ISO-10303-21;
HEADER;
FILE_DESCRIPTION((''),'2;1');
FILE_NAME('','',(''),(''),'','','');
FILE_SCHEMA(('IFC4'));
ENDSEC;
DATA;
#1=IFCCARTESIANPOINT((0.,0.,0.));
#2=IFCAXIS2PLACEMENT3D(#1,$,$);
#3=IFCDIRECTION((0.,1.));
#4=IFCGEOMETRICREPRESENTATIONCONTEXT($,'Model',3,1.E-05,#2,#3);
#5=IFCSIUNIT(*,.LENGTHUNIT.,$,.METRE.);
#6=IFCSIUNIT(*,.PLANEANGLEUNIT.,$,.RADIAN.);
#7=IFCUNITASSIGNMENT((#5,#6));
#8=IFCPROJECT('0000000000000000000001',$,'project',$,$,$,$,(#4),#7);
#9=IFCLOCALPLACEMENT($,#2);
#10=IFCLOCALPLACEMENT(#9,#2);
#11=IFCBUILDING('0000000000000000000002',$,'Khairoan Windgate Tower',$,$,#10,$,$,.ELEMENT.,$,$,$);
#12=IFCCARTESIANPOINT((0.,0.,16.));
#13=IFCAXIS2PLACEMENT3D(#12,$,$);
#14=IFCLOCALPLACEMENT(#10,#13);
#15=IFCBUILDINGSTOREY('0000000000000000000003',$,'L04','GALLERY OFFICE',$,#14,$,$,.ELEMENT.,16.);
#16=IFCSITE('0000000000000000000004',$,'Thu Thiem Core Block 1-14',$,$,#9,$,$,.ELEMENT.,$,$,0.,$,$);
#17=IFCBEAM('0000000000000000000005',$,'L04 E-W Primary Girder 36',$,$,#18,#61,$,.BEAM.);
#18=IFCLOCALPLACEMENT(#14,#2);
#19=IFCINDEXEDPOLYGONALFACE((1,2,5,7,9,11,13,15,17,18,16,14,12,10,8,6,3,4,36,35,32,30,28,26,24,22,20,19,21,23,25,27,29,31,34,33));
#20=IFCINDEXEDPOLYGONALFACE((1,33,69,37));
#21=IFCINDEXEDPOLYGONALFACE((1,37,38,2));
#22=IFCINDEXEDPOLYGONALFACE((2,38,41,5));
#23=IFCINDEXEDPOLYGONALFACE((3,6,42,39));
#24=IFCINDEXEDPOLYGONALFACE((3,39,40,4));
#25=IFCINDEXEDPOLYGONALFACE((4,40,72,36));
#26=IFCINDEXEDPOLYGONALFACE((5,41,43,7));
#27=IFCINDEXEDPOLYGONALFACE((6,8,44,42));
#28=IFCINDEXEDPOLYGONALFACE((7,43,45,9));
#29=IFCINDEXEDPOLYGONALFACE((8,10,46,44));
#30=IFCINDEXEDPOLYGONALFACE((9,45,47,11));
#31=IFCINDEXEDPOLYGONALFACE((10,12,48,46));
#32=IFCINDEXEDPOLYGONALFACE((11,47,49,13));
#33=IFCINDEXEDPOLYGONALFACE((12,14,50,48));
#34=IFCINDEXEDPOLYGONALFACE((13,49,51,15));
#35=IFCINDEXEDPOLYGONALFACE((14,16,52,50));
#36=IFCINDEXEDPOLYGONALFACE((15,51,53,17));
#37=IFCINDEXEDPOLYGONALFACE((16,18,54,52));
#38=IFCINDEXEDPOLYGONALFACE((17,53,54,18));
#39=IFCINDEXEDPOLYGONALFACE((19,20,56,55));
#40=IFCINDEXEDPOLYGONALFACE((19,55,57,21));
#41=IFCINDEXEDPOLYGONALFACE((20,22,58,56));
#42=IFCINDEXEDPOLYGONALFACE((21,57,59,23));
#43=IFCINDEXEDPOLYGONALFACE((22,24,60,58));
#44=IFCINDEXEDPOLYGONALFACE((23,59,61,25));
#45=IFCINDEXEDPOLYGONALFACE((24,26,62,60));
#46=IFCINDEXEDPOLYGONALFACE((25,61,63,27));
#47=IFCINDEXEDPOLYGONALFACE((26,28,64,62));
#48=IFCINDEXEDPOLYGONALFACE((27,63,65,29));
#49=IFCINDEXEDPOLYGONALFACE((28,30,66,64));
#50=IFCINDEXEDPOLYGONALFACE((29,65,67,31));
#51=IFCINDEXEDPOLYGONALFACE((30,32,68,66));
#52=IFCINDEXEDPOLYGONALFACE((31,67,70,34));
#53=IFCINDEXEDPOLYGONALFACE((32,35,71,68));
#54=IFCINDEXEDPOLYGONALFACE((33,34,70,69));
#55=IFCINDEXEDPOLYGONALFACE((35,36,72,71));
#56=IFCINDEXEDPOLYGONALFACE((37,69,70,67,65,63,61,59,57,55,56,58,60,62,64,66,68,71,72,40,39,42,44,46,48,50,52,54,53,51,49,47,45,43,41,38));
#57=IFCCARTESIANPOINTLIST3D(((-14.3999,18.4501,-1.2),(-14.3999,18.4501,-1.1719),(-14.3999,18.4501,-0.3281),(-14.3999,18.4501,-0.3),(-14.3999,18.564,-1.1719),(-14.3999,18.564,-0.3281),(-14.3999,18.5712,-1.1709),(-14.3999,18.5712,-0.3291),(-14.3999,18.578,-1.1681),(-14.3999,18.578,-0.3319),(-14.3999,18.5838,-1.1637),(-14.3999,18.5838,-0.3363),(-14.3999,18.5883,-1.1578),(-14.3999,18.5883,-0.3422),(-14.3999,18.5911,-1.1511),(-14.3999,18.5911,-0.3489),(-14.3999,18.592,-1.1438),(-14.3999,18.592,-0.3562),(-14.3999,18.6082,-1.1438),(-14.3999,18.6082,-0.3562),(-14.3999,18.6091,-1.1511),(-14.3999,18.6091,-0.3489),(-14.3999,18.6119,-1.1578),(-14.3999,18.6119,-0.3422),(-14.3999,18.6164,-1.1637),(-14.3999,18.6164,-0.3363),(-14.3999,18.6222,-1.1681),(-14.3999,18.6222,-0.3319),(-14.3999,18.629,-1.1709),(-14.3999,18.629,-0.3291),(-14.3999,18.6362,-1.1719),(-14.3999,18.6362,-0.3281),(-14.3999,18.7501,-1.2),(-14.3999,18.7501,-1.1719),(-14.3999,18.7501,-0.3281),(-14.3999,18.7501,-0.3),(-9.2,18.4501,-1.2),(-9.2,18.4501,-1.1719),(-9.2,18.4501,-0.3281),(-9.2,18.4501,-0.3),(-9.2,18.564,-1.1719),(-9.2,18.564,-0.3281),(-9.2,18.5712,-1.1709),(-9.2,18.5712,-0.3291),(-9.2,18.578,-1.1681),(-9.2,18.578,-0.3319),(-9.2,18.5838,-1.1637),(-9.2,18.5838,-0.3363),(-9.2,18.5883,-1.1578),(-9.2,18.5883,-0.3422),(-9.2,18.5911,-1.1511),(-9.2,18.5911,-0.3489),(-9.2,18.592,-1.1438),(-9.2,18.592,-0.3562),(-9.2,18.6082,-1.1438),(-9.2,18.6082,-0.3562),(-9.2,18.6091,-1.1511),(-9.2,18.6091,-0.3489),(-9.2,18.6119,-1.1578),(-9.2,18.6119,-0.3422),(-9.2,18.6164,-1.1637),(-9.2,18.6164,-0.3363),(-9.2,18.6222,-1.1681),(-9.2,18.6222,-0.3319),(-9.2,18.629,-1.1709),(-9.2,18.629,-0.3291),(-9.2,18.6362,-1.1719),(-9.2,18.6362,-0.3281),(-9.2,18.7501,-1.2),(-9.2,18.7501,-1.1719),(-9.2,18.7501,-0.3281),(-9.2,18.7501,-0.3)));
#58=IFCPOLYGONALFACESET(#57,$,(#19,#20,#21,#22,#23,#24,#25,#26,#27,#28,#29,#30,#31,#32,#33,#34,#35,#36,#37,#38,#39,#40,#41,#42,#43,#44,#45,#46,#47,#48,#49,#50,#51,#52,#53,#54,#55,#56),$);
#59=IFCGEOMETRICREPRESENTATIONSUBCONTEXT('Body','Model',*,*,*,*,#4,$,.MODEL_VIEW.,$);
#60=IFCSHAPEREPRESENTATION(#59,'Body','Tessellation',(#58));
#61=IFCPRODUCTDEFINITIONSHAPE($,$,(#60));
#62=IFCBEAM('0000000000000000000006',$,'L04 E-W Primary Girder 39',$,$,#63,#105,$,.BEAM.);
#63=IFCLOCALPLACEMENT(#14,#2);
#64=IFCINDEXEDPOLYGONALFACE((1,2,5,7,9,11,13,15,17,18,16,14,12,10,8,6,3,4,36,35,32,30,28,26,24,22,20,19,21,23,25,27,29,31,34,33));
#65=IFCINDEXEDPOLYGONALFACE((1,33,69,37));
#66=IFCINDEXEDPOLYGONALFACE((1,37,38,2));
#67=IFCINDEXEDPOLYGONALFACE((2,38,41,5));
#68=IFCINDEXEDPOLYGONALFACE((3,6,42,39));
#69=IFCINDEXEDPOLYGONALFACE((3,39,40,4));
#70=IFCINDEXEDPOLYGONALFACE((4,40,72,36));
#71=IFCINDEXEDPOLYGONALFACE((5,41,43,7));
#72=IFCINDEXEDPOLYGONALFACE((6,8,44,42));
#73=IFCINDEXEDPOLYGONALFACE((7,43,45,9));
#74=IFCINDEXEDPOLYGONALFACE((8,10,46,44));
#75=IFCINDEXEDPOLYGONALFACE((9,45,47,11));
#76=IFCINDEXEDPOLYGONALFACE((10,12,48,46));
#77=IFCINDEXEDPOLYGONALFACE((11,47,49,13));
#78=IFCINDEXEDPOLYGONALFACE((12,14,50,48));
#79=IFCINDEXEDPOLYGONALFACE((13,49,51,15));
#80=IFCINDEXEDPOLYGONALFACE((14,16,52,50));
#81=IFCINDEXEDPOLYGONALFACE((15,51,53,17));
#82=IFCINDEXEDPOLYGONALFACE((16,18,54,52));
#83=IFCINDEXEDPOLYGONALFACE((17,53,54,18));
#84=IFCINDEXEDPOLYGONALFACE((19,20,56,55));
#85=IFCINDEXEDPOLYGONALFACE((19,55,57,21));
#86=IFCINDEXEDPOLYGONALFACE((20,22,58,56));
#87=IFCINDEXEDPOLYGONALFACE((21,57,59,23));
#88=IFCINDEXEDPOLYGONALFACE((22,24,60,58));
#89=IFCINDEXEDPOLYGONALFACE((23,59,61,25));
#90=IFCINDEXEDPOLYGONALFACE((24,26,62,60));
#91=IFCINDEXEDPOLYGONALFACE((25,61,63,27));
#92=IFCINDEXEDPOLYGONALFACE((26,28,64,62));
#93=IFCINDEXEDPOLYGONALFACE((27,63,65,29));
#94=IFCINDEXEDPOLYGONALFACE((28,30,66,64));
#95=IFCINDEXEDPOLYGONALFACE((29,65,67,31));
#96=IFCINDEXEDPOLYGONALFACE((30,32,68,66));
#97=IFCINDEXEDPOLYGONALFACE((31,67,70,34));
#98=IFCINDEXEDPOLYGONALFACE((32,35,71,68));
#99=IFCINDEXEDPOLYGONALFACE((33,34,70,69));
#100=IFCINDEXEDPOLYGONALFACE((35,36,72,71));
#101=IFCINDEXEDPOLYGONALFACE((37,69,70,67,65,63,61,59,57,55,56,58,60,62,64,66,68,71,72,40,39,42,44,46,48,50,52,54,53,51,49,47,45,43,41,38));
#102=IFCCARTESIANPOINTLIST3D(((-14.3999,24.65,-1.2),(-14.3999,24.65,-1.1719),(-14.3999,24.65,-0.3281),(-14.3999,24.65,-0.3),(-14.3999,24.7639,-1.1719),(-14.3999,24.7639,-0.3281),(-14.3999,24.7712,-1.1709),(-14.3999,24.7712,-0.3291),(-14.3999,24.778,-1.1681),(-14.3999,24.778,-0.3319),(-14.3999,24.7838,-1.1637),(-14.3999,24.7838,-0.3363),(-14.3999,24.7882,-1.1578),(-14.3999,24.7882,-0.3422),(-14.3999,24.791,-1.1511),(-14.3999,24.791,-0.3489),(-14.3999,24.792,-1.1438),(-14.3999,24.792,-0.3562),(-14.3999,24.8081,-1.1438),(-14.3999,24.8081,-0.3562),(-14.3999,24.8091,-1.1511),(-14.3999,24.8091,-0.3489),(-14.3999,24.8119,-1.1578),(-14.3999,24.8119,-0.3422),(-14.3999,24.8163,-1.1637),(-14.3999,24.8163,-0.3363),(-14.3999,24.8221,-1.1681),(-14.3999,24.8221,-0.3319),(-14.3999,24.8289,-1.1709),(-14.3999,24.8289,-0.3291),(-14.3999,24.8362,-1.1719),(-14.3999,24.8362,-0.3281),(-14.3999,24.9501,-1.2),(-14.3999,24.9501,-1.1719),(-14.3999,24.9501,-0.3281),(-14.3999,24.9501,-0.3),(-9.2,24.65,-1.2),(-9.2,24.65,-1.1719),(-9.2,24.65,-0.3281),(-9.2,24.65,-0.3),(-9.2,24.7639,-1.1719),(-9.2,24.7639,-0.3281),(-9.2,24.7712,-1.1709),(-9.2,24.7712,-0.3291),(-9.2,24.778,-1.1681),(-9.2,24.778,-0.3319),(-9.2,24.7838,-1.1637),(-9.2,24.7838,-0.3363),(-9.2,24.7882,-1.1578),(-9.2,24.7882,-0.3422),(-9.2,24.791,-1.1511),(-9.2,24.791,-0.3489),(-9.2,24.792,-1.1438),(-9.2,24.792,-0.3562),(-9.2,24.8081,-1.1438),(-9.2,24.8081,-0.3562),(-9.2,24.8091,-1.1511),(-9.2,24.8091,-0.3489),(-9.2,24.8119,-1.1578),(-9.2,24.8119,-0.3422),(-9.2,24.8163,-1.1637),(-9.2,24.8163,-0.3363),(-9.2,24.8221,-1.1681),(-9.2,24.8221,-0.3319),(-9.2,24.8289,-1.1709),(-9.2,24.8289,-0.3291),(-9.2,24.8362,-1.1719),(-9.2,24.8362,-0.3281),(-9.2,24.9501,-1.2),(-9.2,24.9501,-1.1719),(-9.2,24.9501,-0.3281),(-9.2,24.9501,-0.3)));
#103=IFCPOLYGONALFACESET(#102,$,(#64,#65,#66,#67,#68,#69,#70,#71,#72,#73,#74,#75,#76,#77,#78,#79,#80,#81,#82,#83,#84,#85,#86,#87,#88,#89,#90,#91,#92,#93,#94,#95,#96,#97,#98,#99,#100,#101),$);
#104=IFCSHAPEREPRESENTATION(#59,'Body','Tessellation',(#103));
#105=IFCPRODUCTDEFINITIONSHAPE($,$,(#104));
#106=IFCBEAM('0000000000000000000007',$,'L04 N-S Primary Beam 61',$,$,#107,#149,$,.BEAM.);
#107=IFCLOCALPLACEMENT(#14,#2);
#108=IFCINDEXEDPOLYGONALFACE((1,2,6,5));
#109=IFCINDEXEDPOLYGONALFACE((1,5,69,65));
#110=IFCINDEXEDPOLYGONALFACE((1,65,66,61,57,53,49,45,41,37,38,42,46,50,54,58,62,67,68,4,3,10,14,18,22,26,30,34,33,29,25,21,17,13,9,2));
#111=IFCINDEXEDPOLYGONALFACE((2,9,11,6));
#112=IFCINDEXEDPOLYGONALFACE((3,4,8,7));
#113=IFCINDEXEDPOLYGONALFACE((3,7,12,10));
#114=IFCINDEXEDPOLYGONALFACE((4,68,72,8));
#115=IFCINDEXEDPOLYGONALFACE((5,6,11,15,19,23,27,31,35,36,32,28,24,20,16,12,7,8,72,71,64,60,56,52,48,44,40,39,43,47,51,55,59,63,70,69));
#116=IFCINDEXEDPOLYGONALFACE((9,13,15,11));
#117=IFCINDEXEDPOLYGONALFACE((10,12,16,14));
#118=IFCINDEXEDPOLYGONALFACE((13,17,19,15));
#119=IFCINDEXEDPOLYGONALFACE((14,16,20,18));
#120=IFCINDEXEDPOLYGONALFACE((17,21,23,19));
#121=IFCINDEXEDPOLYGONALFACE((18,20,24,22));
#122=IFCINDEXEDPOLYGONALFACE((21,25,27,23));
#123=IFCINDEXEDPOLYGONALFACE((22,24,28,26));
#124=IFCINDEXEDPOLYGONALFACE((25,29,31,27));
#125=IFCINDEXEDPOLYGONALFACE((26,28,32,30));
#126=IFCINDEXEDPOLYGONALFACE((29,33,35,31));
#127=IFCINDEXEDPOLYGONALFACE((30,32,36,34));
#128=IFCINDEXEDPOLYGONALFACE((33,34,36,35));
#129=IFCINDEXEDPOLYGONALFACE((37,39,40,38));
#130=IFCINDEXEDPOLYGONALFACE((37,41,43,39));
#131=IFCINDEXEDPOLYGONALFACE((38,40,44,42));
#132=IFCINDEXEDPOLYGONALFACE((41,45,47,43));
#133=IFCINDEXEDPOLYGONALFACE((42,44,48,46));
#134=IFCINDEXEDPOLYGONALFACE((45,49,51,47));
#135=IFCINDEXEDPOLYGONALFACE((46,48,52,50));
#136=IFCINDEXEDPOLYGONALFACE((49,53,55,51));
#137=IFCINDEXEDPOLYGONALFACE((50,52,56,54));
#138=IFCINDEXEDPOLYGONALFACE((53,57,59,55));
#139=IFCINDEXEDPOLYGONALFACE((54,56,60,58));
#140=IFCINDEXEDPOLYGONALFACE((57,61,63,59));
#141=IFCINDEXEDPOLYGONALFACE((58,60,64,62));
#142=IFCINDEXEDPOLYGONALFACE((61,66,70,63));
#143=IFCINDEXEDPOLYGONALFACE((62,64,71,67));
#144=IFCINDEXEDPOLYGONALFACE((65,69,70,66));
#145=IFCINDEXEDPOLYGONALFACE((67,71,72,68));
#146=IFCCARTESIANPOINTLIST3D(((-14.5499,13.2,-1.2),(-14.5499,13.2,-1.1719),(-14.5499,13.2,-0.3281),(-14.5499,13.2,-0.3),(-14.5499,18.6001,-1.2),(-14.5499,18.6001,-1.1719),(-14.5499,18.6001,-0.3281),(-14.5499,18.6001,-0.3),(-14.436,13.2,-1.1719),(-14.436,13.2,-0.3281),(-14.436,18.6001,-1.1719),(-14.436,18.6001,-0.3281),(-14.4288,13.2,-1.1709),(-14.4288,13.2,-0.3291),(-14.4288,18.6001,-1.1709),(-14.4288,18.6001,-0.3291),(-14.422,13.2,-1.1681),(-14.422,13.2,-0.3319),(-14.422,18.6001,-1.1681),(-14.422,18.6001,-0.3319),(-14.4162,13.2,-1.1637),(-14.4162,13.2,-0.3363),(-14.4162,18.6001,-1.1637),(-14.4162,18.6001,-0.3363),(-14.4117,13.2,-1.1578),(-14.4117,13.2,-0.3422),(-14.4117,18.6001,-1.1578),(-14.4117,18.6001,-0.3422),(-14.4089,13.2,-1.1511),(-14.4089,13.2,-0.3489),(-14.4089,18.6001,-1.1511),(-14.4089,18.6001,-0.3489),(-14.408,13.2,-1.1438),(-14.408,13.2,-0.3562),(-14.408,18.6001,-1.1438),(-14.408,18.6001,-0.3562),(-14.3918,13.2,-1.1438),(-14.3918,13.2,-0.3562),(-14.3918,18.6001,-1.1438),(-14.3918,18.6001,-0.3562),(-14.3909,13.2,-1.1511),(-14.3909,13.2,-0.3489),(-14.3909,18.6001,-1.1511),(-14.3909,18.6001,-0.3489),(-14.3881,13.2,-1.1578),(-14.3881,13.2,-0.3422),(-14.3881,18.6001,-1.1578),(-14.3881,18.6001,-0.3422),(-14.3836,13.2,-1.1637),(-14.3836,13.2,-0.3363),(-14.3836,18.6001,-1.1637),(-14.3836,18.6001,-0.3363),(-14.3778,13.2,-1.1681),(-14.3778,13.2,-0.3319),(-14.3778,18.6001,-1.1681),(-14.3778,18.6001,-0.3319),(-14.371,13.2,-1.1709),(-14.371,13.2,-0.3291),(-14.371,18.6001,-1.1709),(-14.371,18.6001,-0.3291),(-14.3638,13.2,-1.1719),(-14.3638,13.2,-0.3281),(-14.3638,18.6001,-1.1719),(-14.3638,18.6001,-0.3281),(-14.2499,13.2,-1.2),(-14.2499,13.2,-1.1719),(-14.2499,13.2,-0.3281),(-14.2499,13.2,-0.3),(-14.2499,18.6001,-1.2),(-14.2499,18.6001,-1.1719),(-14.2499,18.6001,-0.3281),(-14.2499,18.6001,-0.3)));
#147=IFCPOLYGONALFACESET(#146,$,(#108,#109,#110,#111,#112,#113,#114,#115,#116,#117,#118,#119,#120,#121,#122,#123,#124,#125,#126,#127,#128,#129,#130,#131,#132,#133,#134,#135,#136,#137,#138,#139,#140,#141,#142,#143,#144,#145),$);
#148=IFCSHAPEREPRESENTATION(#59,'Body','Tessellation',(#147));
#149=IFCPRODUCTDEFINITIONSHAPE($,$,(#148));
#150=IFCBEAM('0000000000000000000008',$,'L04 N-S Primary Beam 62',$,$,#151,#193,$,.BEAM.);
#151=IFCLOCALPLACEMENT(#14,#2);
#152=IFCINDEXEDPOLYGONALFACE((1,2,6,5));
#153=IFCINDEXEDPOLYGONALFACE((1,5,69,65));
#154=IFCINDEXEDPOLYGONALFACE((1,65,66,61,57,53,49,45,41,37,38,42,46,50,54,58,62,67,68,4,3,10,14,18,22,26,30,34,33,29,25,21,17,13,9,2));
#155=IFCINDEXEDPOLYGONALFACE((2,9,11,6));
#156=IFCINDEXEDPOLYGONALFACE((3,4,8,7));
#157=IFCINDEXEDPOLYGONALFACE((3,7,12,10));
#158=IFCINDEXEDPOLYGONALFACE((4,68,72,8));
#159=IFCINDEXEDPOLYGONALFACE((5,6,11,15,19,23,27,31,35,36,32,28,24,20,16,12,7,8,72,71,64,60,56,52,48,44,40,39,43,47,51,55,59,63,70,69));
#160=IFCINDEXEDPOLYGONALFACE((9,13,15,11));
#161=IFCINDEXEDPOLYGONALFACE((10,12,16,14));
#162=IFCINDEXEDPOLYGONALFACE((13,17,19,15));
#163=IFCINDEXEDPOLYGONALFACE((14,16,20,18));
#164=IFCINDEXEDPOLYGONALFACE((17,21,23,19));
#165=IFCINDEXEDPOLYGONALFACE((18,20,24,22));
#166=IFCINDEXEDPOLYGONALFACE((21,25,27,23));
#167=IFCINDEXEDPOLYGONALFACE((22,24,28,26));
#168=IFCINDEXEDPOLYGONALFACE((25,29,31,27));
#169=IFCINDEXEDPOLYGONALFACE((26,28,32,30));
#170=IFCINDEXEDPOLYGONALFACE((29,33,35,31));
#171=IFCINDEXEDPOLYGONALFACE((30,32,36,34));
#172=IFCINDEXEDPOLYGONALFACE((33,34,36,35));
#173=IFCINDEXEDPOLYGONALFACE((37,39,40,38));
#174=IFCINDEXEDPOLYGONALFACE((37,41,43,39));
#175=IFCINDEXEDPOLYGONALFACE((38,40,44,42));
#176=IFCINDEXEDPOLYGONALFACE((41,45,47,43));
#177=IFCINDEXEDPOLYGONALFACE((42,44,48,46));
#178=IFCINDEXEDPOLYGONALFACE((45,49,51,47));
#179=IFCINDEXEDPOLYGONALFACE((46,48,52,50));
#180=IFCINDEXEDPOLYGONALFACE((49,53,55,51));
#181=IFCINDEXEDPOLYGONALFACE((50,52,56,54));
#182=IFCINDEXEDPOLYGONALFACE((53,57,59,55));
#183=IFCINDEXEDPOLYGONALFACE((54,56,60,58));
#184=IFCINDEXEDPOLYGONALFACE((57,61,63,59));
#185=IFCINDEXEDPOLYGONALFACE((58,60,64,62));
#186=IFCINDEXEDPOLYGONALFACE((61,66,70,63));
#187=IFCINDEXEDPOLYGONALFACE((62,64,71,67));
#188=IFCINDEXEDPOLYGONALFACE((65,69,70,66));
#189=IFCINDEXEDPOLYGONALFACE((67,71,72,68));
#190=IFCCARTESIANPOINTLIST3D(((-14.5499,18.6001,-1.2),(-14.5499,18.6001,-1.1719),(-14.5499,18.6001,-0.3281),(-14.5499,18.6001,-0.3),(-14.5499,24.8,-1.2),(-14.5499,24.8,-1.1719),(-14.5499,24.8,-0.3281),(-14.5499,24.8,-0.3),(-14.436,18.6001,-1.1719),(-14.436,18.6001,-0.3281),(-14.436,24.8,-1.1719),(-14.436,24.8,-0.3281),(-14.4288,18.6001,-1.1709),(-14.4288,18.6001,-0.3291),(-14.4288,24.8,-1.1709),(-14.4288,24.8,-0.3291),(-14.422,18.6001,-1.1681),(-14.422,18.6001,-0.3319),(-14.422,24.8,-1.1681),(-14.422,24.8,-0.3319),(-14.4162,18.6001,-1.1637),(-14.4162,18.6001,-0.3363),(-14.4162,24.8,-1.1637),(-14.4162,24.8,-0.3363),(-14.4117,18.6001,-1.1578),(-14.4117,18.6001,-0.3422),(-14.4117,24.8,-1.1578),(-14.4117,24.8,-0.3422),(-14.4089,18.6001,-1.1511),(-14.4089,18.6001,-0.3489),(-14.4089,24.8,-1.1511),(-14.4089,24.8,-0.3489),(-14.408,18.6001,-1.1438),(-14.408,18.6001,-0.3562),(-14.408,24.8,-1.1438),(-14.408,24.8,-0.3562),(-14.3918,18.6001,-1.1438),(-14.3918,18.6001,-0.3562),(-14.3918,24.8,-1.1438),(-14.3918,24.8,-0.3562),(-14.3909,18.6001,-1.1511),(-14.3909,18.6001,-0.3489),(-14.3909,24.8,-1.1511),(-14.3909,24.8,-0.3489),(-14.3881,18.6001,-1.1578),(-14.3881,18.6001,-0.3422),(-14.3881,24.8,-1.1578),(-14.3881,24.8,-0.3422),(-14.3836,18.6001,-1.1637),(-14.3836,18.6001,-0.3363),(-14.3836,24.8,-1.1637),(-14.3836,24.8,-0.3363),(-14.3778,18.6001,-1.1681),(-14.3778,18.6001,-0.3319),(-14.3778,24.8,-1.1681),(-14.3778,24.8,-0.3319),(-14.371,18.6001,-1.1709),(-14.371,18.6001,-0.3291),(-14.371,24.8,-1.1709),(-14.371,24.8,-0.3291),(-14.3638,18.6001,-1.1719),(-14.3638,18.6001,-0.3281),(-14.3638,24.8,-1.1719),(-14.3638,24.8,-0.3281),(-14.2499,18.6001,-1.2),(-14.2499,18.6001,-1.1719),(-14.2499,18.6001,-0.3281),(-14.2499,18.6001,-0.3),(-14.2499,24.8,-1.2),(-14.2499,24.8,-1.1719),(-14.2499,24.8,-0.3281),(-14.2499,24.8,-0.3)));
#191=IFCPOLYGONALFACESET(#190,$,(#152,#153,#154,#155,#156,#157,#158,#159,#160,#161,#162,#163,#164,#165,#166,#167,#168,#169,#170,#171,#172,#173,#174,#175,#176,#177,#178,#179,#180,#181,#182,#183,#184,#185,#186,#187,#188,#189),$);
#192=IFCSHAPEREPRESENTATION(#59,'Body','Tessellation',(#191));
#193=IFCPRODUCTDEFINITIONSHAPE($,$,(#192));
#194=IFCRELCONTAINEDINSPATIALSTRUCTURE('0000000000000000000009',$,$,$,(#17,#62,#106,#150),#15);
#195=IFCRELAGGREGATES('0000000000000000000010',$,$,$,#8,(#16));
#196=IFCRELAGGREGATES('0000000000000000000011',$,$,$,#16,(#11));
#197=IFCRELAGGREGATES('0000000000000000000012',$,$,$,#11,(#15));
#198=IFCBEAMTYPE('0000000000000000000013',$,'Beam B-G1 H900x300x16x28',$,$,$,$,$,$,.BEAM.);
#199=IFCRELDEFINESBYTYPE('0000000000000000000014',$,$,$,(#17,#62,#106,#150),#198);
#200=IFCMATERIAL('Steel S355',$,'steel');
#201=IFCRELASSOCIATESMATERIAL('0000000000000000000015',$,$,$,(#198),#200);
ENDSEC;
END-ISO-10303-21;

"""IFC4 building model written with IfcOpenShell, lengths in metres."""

from ifc_helpers import new_model, si_unit, direction, frame, origin, origin_2d, place, context, subcontext, project, spatial, i_section, extrude, material, material_profile, profile_set, type_object, element, save


model = new_model("IFC4")

# Units and contexts
model_context = context("Model", 3, precision=1e-05, world=origin(), true_north=direction((0.0, 1.0)))
body_context = subcontext(model_context, "Body", "Model", "MODEL_VIEW")
ifc_project = project(units=[si_unit("LENGTHUNIT", "METRE"), si_unit("PLANEANGLEUNIT", "RADIAN")], contexts=[model_context])

# Site, building, storey
site_placement = place(None, origin())
site = spatial("IfcSite", under=ifc_project, at=site_placement, Name="Thu Thiem Core Block 1-14", CompositionType="ELEMENT", RefElevation=0.0)
building_placement = place(site_placement, origin())
building = spatial("IfcBuilding", under=site, at=building_placement, Name="Khairoan Windgate Tower", CompositionType="ELEMENT")
storey_placement = place(building_placement, frame((0.0, 0.0, 16.0)))
storey = spatial("IfcBuildingStorey", under=building, at=storey_placement, Name="L04", Description="GALLERY OFFICE", CompositionType="ELEMENT", Elevation=16.0)

# Beams
ifc_material_1 = material(Name="Steel S355", Category="steel")
ifc_material_profile_1 = material_profile(ifc_material_1, i_section(OverallWidth=0.3, OverallDepth=0.8999, WebThickness=0.0161, FlangeThickness=0.0281, FilletRadius=0.0281, at=origin_2d()))
ifc_profile_set_1 = profile_set([ifc_material_profile_1], Name="Steel S355")
beam_type_1 = type_object("IfcBeamType", Name="Beam B-G1 H900x300x16x28", PredefinedType="BEAM", material=ifc_profile_set_1)
for number, where, z_axis, x_axis, name in (
    (1, (-14.3999, 18.6001, -0.75), (1.0, 0.0, 0.0), (0.0, 1.0, 0.0), "L04 E-W Primary Girder 36"),
    (2, (-14.3999, 24.8, -0.75), (1.0, 0.0, 0.0), (0.0, 1.0, 0.0), "L04 E-W Primary Girder 39"),
):
    element("IfcBeam", number, at=place(storey_placement, frame(where, z_axis=z_axis, x_axis=x_axis)), inside=storey, type_object=beam_type_1, Name=name, PredefinedType="BEAM", context=body_context, shape_type="SweptSolid", body=[
        extrude(i_section(OverallWidth=0.3, OverallDepth=0.8999, WebThickness=0.0161, FlangeThickness=0.0281, FilletRadius=0.0281, at=origin_2d()), origin(), (0.0, 0.0, 1.0), 5.2),
    ])
beam_1_placement = place(storey_placement, frame((-14.3999, 13.2, -0.75), z_axis=(0.0, 1.0, 0.0), x_axis=(-1.0, 0.0, 0.0)))
element("IfcBeam", 3, at=beam_1_placement, inside=storey, type_object=beam_type_1, Name="L04 N-S Primary Beam 61", PredefinedType="BEAM", context=body_context, shape_type="SweptSolid", body=[
    extrude(i_section(OverallWidth=0.3, OverallDepth=0.8999, WebThickness=0.0161, FlangeThickness=0.0281, FilletRadius=0.0281, at=origin_2d()), origin(), (0.0, 0.0, 1.0), 5.4001),
])
beam_2_placement = place(storey_placement, frame((-14.3999, 18.6001, -0.75), z_axis=(0.0, 1.0, 0.0), x_axis=(-1.0, 0.0, 0.0)))
element("IfcBeam", 4, at=beam_2_placement, inside=storey, type_object=beam_type_1, Name="L04 N-S Primary Beam 62", PredefinedType="BEAM", context=body_context, shape_type="SweptSolid", body=[
    extrude(i_section(OverallWidth=0.3, OverallDepth=0.8999, WebThickness=0.0161, FlangeThickness=0.0281, FilletRadius=0.0281, at=origin_2d()), origin(), (0.0, 0.0, 1.0), 6.2),
])

save(model, "model.ifc")
